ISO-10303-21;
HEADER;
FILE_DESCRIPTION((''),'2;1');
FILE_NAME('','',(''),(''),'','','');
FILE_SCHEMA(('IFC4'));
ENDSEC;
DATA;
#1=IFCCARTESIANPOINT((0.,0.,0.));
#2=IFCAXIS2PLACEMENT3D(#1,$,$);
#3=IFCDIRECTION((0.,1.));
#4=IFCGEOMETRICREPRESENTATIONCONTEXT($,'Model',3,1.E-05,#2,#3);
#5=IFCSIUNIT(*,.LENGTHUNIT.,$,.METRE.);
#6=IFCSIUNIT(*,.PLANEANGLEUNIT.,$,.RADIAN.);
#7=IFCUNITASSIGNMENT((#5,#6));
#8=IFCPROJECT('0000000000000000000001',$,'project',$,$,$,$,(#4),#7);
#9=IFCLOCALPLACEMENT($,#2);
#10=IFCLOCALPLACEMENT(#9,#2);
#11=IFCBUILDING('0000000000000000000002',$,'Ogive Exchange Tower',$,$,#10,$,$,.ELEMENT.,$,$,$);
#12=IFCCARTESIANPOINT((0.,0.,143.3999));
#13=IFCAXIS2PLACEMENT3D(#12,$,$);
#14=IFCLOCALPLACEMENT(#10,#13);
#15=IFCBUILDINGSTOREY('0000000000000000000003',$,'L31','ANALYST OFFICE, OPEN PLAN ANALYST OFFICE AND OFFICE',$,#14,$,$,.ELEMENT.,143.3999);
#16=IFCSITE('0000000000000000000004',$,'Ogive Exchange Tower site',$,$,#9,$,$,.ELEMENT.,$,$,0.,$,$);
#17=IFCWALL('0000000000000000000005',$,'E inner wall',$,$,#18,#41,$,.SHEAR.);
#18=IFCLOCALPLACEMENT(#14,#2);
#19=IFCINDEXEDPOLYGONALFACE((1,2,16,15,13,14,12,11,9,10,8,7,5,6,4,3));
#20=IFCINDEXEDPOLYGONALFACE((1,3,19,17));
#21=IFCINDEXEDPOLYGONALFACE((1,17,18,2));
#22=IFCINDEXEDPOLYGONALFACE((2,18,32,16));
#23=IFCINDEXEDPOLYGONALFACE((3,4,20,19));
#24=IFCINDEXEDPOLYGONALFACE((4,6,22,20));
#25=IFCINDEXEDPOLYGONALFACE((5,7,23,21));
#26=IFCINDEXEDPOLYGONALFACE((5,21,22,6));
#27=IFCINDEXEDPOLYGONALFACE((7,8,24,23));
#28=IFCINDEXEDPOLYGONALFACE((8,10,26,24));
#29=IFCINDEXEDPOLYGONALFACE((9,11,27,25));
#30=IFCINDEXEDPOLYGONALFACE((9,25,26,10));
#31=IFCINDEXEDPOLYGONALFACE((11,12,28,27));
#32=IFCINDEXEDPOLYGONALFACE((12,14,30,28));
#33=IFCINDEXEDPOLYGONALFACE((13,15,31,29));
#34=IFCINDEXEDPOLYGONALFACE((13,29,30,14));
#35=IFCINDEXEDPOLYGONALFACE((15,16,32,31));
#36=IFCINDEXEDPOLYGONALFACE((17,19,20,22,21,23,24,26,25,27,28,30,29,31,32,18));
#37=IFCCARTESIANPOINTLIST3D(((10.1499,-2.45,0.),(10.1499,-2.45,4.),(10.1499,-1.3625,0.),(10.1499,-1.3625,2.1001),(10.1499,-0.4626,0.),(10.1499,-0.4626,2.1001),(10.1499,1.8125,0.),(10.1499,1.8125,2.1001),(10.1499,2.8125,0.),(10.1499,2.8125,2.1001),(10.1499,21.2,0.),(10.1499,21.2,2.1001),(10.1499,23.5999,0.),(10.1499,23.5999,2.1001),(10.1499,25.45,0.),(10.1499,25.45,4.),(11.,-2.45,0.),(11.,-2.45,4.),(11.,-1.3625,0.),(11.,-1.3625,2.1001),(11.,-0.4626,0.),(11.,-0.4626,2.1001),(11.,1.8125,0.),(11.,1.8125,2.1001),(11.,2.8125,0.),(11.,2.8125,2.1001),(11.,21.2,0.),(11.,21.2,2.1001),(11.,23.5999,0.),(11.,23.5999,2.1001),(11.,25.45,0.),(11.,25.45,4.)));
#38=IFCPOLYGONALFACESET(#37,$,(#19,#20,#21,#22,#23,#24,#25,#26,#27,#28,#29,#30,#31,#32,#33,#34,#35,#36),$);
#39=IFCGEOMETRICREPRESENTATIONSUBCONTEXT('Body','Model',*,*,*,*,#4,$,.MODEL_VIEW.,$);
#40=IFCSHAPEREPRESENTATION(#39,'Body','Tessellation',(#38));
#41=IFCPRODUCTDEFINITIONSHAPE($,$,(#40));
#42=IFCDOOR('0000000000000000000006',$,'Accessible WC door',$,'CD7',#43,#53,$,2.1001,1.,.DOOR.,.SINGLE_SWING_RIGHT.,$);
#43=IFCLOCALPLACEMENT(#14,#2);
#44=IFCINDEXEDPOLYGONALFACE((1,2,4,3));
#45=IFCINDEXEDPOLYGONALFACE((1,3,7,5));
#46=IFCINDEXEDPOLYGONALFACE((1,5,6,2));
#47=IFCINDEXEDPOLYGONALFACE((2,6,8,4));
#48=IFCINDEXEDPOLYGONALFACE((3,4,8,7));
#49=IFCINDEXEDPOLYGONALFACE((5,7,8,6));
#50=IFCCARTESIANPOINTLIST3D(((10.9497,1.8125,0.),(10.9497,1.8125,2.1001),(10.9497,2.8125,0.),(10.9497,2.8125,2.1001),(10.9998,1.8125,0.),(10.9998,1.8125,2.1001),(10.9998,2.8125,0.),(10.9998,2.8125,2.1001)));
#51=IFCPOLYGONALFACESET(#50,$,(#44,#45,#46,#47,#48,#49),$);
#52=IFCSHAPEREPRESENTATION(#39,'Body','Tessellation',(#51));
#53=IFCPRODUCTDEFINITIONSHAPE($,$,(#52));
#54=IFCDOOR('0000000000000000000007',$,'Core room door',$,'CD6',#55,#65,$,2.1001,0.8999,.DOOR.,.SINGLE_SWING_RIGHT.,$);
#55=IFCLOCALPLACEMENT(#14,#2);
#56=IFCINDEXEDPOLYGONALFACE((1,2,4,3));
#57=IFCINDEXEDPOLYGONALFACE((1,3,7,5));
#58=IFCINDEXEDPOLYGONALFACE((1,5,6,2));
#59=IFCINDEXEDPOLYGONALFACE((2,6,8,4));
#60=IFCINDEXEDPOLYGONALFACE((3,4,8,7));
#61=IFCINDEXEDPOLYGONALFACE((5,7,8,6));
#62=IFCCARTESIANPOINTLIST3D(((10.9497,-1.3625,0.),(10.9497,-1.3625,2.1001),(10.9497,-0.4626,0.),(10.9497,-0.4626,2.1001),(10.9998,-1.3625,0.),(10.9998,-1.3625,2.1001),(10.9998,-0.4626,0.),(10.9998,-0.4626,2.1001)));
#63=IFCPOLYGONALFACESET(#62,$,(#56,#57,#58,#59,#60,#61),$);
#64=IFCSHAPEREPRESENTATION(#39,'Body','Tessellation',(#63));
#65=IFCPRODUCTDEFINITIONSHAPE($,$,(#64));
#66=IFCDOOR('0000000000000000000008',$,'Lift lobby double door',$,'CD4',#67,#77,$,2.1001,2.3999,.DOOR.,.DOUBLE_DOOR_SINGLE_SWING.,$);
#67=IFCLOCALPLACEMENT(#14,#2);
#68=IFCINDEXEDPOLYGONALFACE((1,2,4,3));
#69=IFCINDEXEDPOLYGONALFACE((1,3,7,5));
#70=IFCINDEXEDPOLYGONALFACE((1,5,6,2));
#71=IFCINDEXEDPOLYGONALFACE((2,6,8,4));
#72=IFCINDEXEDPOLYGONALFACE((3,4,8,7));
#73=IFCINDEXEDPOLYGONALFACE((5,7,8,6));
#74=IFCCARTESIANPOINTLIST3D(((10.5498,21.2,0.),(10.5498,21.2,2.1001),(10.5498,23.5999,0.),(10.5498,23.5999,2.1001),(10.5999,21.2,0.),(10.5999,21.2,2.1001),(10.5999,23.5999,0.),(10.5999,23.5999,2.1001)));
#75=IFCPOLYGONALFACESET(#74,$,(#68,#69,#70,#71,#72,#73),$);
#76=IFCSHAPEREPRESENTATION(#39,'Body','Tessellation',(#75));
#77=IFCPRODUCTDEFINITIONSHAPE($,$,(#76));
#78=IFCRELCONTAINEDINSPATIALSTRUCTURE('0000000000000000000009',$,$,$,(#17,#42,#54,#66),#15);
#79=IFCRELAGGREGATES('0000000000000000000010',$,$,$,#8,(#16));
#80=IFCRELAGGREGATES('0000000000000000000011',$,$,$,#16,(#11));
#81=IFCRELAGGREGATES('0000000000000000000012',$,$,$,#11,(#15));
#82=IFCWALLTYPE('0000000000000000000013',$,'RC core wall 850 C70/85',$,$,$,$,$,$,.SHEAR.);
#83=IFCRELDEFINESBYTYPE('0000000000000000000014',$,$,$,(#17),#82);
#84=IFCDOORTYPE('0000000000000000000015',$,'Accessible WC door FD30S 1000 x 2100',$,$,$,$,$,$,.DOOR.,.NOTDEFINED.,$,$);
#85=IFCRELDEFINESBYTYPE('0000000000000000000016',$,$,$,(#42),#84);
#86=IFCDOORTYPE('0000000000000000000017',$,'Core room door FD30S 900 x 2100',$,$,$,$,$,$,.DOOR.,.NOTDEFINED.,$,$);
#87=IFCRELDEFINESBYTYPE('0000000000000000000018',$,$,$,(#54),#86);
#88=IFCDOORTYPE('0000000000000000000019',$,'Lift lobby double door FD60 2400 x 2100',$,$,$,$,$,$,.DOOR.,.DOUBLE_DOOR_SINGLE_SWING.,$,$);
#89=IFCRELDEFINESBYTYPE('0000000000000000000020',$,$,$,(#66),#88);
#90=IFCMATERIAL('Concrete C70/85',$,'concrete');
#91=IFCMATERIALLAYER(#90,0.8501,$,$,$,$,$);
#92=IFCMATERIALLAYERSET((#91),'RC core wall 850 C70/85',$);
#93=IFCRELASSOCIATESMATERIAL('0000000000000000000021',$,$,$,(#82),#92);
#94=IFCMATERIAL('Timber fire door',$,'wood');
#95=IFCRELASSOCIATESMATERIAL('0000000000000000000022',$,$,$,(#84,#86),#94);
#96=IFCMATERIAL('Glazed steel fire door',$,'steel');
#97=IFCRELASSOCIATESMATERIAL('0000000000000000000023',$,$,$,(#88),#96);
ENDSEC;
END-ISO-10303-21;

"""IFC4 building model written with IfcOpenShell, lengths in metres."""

from ifc_helpers import new_model, si_unit, direction, frame, frame_2d, origin, place, context, subcontext, project, spatial, rectangle, extrude, material, layer, layer_set, type_object, element, fill, save


model = new_model("IFC4")

# Units and contexts
model_context = context("Model", 3, precision=1e-05, world=origin(), true_north=direction((0.0, 1.0)))
body_context = subcontext(model_context, "Body", "Model", "MODEL_VIEW")
ifc_project = project(units=[si_unit("LENGTHUNIT", "METRE"), si_unit("PLANEANGLEUNIT", "RADIAN")], contexts=[model_context])

# Site, building, storey
site_placement = place(None, origin())
site = spatial("IfcSite", under=ifc_project, at=site_placement, Name="Ogive Exchange Tower site", CompositionType="ELEMENT", RefElevation=0.0)
building_placement = place(site_placement, origin())
building = spatial("IfcBuilding", under=site, at=building_placement, Name="Ogive Exchange Tower", CompositionType="ELEMENT")
storey_placement = place(building_placement, frame((0.0, 0.0, 143.3999)))
storey = spatial("IfcBuildingStorey", under=building, at=storey_placement, Name="L31", Description="ANALYST OFFICE, OPEN PLAN ANALYST OFFICE AND OFFICE", CompositionType="ELEMENT", Elevation=143.3999)

# Shared definitions
ifc_material_1 = material(Name="Concrete C70/85", Category="concrete")

# Wall, openings, doors
ifc_layer_1 = layer(ifc_material_1, 0.8501)
ifc_layer_set_1 = layer_set([ifc_layer_1], Name="RC core wall 850 C70/85")
wall_type_1 = type_object("IfcWallType", Name="RC core wall 850 C70/85", PredefinedType="SHEAR", material=ifc_layer_set_1)
wall_1_placement = place(storey_placement, frame((10.575, -2.45, 0.0), z_axis=(0.0, 0.0, 1.0), x_axis=(0.0, 1.0, 0.0)))
wall_1 = element("IfcWall", 1, at=wall_1_placement, inside=storey, type_object=wall_type_1, Name="E inner wall", PredefinedType="SHEAR", context=body_context, shape_type="SweptSolid", body=[
    extrude(rectangle(XDim=27.8999, YDim=0.8501, at=frame_2d((13.95, 0.0))), origin(), (0.0, 0.0, 1.0), 4.0),
])
opening_1_placement = place(wall_1_placement, frame((23.6499, 0.0, 0.0)))
opening_1 = element("IfcOpeningElement", 2, at=opening_1_placement, cuts=wall_1, PredefinedType="OPENING", context=body_context, shape_type="SweptSolid", body=[
    extrude(rectangle(XDim=2.3999, YDim=2.1001, at=frame_2d((1.2, 1.05))), frame((0.0, 0.4351, 0.0), z_axis=(0.0, -1.0, 0.0), x_axis=(1.0, 0.0, 0.0)), (0.0, 0.0, 1.0), 0.8701),
])
opening_2_placement = place(wall_1_placement, frame((1.0874, 0.0, 0.0)))
opening_2 = element("IfcOpeningElement", 3, at=opening_2_placement, cuts=wall_1, PredefinedType="OPENING", context=body_context, shape_type="SweptSolid", body=[
    extrude(rectangle(XDim=0.8999, YDim=2.1001, at=frame_2d((0.45, 1.05))), frame((0.0, 0.4351, 0.0), z_axis=(0.0, -1.0, 0.0), x_axis=(1.0, 0.0, 0.0)), (0.0, 0.0, 1.0), 0.8701),
])
opening_3_placement = place(wall_1_placement, frame((4.2625, 0.0, 0.0)))
opening_3 = element("IfcOpeningElement", 4, at=opening_3_placement, cuts=wall_1, PredefinedType="OPENING", context=body_context, shape_type="SweptSolid", body=[
    extrude(rectangle(XDim=1.0, YDim=2.1001, at=frame_2d((0.5, 1.05))), frame((0.0, 0.4351, 0.0), z_axis=(0.0, -1.0, 0.0), x_axis=(1.0, 0.0, 0.0)), (0.0, 0.0, 1.0), 0.8701),
])
ifc_material_2 = material(Name="Timber fire door", Category="wood")
door_type_1 = type_object("IfcDoorType", Name="Accessible WC door FD30S 1000 x 2100", OperationType="NOTDEFINED", PredefinedType="DOOR", material=ifc_material_2)
door_1_placement = place(opening_3_placement, frame((1.0, -0.7998, 0.0), z_axis=(0.0, 0.0, 1.0), x_axis=(-1.0, 0.0, 0.0)))
door_1 = element("IfcDoor", 5, at=door_1_placement, inside=storey, type_object=door_type_1, Name="Accessible WC door", ObjectType="CD7", OperationType="SINGLE_SWING_RIGHT", OverallHeight=2.1001, OverallWidth=1.0, PredefinedType="DOOR", context=body_context, shape_type="SweptSolid", body=[
    extrude(rectangle(XDim=1.0, YDim=2.1001, at=frame_2d((0.5, 1.05))), frame((0.0, -0.375, 0.0), z_axis=(0.0, -1.0, 0.0), x_axis=(1.0, 0.0, 0.0)), (0.0, 0.0, 1.0), 0.05),
])
fill(opening_3, door_1)
door_type_2 = type_object("IfcDoorType", Name="Core room door FD30S 900 x 2100", OperationType="NOTDEFINED", PredefinedType="DOOR", material=ifc_material_2)
door_2_placement = place(opening_2_placement, frame((0.8999, -0.7998, 0.0), z_axis=(0.0, 0.0, 1.0), x_axis=(-1.0, 0.0, 0.0)))
door_2 = element("IfcDoor", 6, at=door_2_placement, inside=storey, type_object=door_type_2, Name="Core room door", ObjectType="CD6", OperationType="SINGLE_SWING_RIGHT", OverallHeight=2.1001, OverallWidth=0.8999, PredefinedType="DOOR", context=body_context, shape_type="SweptSolid", body=[
    extrude(rectangle(XDim=0.8999, YDim=2.1001, at=frame_2d((0.45, 1.05))), frame((0.0, -0.375, 0.0), z_axis=(0.0, -1.0, 0.0), x_axis=(1.0, 0.0, 0.0)), (0.0, 0.0, 1.0), 0.05),
])
fill(opening_2, door_2)
ifc_material_3 = material(Name="Glazed steel fire door", Category="steel")
door_type_3 = type_object("IfcDoorType", Name="Lift lobby double door FD60 2400 x 2100", OperationType="DOUBLE_DOOR_SINGLE_SWING", PredefinedType="DOOR", material=ifc_material_3)
door_3_placement = place(opening_1_placement, frame((2.3999, 0.0, 0.0), z_axis=(0.0, 0.0, 1.0), x_axis=(-1.0, 0.0, 0.0)))
door_3 = element("IfcDoor", 7, at=door_3_placement, inside=storey, type_object=door_type_3, Name="Lift lobby double door", ObjectType="CD4", OperationType="DOUBLE_DOOR_SINGLE_SWING", OverallHeight=2.1001, OverallWidth=2.3999, PredefinedType="DOOR", context=body_context, shape_type="SweptSolid", body=[
    extrude(rectangle(XDim=2.3999, YDim=2.1001, at=frame_2d((1.2, 1.05))), frame((0.0, 0.0249, 0.0), z_axis=(0.0, -1.0, 0.0), x_axis=(1.0, 0.0, 0.0)), (0.0, 0.0, 1.0), 0.05),
])
fill(opening_1, door_3)

save(model, "model.ifc")
